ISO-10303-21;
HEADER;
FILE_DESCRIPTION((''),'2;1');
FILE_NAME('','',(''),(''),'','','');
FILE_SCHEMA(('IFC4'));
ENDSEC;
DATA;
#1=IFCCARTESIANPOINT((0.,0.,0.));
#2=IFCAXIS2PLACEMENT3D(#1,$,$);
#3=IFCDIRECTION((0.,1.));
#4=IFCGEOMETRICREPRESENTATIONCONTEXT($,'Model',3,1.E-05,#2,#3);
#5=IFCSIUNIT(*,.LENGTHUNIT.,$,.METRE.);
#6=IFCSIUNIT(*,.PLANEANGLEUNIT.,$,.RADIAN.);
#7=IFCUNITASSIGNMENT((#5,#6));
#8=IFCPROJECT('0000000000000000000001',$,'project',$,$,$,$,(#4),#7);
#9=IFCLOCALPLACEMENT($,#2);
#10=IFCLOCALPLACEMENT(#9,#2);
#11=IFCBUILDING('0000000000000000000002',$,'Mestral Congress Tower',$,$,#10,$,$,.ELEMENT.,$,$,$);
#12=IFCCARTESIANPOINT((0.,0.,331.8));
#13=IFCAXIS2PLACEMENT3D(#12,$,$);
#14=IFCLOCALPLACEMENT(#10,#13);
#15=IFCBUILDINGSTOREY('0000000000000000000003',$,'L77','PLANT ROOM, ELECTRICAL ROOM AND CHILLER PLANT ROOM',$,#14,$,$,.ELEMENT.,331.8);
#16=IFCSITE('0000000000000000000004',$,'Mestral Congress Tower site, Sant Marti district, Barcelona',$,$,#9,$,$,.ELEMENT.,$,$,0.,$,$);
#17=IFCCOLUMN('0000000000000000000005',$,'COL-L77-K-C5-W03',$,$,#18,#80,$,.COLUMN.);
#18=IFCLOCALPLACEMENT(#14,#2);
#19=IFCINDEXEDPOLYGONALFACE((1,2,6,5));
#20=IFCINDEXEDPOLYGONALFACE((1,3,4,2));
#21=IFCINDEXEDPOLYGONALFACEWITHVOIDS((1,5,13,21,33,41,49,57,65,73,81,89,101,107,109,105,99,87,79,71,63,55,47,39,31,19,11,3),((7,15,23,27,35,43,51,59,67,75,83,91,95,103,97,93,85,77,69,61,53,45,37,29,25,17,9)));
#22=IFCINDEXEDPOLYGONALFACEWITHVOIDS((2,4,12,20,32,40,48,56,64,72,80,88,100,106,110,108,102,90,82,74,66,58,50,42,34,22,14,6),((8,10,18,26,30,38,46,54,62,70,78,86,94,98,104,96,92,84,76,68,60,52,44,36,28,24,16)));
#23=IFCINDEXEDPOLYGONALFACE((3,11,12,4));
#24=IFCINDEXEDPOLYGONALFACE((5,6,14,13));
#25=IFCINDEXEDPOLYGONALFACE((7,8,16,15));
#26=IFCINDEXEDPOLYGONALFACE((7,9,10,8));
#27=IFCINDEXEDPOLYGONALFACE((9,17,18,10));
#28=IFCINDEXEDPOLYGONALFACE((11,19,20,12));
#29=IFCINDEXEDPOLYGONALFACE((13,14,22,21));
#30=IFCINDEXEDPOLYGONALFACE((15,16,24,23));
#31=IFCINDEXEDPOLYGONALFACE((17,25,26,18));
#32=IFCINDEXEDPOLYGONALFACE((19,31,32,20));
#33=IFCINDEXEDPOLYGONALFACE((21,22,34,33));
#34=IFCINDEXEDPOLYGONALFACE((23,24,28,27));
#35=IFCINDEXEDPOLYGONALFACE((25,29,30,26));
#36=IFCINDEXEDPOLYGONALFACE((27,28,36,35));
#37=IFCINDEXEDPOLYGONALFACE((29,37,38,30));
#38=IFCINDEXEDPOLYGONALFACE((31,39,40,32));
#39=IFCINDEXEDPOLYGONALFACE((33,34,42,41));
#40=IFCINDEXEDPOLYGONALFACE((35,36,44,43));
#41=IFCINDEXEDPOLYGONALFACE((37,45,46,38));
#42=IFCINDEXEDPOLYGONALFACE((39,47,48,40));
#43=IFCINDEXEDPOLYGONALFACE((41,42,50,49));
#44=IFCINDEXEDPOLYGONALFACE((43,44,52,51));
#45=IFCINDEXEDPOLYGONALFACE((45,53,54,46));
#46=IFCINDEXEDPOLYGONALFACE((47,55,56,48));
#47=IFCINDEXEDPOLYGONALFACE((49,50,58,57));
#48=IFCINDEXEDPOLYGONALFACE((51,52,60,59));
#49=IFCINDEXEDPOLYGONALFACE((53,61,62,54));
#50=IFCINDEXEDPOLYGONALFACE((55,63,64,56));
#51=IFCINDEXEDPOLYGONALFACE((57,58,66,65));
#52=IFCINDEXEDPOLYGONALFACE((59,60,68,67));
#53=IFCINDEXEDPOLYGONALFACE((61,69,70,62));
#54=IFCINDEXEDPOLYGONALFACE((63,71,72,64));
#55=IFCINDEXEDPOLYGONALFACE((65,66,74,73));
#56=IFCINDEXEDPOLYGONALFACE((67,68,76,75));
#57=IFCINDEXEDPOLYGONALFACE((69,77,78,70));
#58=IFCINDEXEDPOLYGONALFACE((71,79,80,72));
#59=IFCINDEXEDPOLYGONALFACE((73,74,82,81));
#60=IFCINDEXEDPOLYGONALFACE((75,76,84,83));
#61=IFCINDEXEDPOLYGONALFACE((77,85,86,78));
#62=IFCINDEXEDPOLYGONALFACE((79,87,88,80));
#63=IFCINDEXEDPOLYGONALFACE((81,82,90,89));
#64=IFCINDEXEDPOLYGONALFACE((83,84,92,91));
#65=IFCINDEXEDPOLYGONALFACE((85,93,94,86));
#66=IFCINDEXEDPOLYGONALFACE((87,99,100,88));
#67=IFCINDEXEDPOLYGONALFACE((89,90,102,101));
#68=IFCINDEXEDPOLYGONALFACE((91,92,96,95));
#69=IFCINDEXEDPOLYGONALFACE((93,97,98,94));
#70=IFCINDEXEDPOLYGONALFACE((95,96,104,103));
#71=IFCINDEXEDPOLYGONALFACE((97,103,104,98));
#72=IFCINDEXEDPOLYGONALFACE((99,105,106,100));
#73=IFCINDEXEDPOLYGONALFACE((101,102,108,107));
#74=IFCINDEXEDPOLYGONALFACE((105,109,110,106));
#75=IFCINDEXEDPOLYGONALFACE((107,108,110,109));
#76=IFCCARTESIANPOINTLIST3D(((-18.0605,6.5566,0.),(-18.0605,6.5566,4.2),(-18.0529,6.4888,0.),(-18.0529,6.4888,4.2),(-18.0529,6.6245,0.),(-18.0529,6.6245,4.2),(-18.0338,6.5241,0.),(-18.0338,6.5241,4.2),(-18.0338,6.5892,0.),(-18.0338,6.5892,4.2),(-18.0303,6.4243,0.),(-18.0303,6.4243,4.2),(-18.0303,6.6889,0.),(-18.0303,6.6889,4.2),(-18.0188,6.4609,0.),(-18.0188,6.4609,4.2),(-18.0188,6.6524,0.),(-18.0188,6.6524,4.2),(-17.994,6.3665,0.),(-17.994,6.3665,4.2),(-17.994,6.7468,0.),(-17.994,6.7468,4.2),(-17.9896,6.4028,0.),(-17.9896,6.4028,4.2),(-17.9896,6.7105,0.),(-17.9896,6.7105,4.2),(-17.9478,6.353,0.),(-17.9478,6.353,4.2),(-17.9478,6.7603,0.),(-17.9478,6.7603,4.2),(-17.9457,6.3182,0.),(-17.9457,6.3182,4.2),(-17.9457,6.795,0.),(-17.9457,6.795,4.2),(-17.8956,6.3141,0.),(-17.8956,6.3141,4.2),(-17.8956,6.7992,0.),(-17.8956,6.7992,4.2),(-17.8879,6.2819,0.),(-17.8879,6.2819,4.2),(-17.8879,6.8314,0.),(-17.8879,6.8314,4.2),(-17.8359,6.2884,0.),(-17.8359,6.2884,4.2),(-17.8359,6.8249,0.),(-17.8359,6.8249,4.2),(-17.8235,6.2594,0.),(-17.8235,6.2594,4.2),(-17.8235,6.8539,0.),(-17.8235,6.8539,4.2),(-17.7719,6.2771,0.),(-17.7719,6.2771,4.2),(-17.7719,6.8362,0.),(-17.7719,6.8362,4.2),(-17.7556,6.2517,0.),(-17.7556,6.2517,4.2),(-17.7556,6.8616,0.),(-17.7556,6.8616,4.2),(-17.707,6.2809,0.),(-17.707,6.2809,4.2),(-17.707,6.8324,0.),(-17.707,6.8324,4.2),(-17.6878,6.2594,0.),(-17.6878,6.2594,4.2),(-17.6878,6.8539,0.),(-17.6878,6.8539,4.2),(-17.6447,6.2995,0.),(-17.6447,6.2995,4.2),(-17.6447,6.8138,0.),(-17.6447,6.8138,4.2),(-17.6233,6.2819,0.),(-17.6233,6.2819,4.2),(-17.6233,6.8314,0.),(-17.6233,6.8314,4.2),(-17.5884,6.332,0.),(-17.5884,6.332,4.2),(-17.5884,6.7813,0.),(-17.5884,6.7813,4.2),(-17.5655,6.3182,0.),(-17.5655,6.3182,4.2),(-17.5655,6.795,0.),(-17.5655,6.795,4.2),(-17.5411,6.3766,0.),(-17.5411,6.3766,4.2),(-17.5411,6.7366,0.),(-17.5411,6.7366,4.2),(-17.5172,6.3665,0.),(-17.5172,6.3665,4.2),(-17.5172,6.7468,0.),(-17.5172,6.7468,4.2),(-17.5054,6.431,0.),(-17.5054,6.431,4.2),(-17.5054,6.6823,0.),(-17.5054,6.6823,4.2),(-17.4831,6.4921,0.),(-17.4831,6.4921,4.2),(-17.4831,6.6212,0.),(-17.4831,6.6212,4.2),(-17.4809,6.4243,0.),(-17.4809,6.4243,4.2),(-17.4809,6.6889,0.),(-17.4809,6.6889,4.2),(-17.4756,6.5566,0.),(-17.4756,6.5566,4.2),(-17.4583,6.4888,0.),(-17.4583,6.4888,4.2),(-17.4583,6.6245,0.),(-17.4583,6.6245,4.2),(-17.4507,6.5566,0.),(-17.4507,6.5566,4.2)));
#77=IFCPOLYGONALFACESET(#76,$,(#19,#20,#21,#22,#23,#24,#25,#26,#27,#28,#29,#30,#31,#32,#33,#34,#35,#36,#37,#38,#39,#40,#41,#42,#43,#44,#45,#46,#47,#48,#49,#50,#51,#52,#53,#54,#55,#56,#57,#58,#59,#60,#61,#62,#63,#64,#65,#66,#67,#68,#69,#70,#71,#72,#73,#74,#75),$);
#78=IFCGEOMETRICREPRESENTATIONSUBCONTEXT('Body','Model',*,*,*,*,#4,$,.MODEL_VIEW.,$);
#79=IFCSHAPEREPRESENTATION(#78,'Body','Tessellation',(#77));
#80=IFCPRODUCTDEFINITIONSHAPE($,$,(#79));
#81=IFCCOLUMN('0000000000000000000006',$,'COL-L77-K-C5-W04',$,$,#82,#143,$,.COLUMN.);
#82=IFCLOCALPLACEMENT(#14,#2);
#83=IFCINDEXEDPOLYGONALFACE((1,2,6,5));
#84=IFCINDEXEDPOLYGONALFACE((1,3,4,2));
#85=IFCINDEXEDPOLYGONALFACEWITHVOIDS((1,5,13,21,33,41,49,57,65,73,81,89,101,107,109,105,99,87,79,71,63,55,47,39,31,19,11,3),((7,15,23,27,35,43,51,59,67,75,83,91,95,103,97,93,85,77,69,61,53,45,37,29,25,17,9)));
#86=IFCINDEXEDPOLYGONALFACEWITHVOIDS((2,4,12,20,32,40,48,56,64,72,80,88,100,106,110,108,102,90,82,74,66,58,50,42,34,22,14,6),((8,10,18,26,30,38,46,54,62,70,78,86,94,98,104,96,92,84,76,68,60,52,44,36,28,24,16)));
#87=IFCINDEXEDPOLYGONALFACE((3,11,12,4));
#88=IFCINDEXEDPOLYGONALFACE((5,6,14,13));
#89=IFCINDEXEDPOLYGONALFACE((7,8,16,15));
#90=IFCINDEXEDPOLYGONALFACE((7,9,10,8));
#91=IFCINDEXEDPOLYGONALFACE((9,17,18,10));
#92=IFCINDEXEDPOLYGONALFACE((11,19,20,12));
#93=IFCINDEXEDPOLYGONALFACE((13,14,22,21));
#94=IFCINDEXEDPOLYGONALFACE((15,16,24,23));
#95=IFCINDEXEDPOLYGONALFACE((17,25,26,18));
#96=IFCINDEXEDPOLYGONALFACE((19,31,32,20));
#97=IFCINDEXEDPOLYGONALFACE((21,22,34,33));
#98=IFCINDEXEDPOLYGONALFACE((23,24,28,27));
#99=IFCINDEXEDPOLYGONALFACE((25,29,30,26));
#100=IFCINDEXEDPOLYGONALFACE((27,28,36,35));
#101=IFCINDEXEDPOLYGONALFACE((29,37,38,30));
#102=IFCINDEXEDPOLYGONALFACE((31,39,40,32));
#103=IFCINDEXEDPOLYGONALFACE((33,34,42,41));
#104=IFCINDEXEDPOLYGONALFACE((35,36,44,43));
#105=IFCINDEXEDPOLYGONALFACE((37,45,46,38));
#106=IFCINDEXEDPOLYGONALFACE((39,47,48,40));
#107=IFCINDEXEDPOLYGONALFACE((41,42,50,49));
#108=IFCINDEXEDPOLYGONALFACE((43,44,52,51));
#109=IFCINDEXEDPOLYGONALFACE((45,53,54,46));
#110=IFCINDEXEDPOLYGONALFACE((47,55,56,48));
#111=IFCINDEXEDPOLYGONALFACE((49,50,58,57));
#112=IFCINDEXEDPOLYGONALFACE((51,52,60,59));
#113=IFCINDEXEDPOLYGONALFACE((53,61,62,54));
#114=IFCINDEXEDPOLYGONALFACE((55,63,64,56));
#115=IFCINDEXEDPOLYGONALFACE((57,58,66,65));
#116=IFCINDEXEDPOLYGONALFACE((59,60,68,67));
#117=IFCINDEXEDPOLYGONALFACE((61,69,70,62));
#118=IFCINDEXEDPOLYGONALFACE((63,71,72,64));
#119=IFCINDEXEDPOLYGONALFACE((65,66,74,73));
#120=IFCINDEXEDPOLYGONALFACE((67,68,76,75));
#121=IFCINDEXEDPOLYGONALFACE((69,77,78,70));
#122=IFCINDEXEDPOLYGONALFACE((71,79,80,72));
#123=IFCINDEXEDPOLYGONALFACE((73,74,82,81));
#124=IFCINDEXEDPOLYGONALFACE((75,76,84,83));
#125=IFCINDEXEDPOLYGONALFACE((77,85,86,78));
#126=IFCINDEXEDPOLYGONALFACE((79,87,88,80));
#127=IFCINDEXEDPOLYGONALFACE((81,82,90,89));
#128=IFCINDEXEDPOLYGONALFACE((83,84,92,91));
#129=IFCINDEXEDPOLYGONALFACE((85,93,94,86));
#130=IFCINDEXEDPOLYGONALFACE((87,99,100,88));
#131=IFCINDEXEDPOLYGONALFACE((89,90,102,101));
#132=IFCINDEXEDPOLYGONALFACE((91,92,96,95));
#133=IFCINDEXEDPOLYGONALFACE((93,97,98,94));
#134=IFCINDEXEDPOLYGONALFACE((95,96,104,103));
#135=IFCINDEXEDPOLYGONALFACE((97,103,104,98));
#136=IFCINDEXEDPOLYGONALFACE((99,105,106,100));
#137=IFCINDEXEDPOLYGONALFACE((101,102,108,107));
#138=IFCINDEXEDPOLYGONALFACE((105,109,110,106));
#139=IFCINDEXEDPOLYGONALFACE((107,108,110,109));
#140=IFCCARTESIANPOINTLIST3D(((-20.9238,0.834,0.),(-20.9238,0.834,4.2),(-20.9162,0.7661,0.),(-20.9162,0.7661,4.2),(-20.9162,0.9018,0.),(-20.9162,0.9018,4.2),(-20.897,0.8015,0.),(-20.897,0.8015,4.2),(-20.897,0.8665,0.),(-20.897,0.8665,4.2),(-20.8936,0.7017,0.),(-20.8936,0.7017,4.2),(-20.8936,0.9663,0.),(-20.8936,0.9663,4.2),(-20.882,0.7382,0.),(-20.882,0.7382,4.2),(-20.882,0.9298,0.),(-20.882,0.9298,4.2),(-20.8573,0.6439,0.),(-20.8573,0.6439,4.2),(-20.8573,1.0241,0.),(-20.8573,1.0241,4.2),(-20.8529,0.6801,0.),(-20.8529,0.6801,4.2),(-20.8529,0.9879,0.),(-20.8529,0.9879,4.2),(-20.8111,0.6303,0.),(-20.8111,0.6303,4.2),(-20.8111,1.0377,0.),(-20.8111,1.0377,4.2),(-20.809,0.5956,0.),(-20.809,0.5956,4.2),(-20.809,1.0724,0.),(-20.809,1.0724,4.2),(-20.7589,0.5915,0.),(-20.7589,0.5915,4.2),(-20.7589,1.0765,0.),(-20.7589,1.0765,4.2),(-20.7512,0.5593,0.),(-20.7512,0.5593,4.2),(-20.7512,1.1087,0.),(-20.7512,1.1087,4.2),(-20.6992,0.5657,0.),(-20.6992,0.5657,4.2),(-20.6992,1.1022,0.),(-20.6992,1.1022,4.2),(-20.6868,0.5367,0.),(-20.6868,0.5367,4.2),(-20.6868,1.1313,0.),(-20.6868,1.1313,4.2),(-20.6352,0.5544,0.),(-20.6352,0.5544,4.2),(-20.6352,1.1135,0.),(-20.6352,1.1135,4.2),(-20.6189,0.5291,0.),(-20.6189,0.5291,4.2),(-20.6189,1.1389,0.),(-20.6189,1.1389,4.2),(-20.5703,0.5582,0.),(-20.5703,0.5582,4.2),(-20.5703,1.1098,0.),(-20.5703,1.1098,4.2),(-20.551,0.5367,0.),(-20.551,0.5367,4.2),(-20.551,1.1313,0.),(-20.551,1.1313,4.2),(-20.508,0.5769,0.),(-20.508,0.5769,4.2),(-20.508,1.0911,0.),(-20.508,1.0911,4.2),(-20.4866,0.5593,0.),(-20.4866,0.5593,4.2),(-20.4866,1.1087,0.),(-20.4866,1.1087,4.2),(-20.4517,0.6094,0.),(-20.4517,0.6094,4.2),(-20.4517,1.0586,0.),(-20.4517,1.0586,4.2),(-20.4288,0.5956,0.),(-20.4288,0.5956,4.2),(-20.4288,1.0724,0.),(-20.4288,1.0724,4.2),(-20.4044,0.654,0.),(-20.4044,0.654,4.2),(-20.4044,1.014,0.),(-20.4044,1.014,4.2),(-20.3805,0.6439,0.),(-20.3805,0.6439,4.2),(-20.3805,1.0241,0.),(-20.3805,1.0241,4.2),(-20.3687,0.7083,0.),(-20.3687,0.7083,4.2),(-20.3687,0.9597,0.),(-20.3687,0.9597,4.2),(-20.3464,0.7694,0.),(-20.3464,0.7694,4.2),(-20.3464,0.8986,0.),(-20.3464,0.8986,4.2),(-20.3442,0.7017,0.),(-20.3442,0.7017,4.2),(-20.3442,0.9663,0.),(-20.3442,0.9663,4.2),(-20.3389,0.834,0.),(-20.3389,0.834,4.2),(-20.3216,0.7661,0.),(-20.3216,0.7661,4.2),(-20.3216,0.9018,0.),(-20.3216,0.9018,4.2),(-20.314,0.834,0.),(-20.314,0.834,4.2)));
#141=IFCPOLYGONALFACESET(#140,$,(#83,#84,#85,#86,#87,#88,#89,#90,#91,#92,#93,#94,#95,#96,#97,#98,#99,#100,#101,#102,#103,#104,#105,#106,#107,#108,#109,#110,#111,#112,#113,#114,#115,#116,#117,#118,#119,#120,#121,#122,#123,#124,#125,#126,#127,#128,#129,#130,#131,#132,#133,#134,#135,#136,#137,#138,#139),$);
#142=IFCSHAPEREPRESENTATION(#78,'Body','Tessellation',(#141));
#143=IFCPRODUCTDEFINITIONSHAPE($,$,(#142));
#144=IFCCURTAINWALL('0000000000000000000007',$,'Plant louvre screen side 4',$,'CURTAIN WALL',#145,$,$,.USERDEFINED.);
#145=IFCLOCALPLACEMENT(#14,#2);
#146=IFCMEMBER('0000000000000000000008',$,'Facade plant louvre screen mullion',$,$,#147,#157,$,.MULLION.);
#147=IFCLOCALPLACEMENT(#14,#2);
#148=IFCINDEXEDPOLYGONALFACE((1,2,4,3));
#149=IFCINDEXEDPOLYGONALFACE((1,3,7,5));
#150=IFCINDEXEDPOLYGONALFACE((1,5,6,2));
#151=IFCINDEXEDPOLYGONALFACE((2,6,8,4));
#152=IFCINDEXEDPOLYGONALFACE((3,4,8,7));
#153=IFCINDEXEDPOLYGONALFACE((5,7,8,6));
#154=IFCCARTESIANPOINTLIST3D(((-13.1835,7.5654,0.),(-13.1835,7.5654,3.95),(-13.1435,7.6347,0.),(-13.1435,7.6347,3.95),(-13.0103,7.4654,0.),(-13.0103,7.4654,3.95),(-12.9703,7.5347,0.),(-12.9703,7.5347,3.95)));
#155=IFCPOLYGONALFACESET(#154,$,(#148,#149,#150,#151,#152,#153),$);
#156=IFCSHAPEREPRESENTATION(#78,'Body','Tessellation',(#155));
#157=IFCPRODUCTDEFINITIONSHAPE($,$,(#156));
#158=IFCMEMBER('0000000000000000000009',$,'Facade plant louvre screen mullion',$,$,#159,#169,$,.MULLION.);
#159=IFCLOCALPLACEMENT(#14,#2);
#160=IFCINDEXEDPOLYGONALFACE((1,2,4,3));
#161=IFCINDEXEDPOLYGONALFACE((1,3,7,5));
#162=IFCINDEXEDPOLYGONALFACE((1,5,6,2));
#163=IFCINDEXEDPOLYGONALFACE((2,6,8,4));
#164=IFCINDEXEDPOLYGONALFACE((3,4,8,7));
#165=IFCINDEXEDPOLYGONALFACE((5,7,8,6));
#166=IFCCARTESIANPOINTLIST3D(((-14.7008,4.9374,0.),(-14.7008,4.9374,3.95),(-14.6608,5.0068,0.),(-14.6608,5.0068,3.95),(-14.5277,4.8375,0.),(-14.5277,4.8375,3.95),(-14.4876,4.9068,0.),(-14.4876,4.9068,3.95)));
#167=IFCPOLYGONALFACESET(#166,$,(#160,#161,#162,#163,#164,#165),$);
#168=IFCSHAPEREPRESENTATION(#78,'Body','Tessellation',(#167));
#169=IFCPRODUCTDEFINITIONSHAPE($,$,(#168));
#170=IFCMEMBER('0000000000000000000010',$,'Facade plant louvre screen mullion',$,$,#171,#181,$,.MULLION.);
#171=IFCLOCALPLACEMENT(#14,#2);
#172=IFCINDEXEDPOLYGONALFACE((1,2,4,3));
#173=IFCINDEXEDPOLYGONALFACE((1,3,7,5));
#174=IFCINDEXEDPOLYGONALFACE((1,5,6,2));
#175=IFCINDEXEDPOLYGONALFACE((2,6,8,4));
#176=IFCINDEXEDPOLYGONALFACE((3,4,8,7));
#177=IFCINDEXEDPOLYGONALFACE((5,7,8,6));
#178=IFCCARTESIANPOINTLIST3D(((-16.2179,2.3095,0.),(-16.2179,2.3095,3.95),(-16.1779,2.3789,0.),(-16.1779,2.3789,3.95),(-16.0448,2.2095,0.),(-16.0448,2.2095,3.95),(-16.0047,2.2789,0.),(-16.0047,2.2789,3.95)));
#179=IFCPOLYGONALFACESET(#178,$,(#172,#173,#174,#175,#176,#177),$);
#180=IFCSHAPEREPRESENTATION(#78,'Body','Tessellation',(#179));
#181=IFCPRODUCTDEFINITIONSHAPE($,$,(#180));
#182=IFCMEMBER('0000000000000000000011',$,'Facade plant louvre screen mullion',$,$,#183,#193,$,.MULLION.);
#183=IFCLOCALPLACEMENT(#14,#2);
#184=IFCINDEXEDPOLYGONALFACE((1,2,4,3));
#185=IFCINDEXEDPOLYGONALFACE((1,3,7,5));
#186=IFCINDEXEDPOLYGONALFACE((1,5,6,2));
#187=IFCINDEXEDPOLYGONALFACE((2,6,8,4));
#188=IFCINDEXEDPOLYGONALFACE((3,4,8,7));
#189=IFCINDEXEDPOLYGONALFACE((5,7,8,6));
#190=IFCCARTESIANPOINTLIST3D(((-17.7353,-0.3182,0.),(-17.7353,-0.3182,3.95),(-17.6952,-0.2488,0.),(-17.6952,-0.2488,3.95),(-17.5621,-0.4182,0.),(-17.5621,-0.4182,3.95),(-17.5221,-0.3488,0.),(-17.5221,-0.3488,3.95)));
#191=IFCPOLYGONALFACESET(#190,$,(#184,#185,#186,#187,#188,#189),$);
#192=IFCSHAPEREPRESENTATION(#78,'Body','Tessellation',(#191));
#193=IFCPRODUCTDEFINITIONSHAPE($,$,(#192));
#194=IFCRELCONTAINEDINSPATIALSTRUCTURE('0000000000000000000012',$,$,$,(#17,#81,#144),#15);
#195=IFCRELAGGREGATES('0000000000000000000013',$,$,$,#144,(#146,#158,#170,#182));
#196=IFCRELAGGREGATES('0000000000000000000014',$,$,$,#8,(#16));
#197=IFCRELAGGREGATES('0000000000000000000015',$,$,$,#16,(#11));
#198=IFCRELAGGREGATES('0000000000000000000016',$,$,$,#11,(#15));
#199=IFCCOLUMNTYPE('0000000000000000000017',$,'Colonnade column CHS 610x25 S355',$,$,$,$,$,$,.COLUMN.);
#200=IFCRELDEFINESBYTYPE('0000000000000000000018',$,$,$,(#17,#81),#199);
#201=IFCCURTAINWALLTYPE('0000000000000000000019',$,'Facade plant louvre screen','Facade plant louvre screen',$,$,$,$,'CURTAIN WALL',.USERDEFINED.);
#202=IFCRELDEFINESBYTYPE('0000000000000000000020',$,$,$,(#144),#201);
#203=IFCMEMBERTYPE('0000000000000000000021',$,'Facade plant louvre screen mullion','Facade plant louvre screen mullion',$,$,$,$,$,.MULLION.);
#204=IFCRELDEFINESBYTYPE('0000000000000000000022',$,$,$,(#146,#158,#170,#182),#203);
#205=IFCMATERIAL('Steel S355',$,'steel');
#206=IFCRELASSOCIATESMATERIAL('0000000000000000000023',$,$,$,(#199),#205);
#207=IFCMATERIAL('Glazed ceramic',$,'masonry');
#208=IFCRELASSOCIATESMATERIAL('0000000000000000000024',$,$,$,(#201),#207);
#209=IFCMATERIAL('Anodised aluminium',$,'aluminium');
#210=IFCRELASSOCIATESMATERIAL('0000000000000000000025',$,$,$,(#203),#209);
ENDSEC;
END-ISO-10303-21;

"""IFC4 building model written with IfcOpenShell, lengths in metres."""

from ifc_helpers import new_model, si_unit, direction, frame, origin, origin_2d, place, context, subcontext, project, spatial, rectangle, hollow_circle, extrude, material, material_profile, profile_set, type_object, element, aggregate, save


model = new_model("IFC4")

# Units and contexts
model_context = context("Model", 3, precision=1e-05, world=origin(), true_north=direction((0.0, 1.0)))
body_context = subcontext(model_context, "Body", "Model", "MODEL_VIEW")
ifc_project = project(units=[si_unit("LENGTHUNIT", "METRE"), si_unit("PLANEANGLEUNIT", "RADIAN")], contexts=[model_context])

# Site, building, storey
site_placement = place(None, origin())
site = spatial("IfcSite", under=ifc_project, at=site_placement, Name="Mestral Congress Tower site, Sant Marti district, Barcelona", CompositionType="ELEMENT", RefElevation=0.0)
building_placement = place(site_placement, origin())
building = spatial("IfcBuilding", under=site, at=building_placement, Name="Mestral Congress Tower", CompositionType="ELEMENT")
storey_placement = place(building_placement, frame((0.0, 0.0, 331.8)))
storey = spatial("IfcBuildingStorey", under=building, at=storey_placement, Name="L77", Description="PLANT ROOM, ELECTRICAL ROOM AND CHILLER PLANT ROOM", CompositionType="ELEMENT", Elevation=331.8)

# Columns
ifc_material_1 = material(Name="Steel S355", Category="steel")
ifc_material_profile_1 = material_profile(ifc_material_1, hollow_circle(Radius=0.3049, WallThickness=0.0249, at=origin_2d()), Name="CHS 610x25")
ifc_profile_set_1 = profile_set([ifc_material_profile_1], Name="Steel S355")
column_type = type_object("IfcColumnType", Name="Colonnade column CHS 610x25 S355", PredefinedType="COLUMN", material=ifc_profile_set_1)
for number, where, z_axis, x_axis, name in (
    (1, (-17.7556, 6.5566, 0.0), (0.0, 0.0, 1.0), (1.0, 0.0, 0.0), "COL-L77-K-C5-W03"),
    (2, (-20.6189, 0.834, 0.0), (0.0, 0.0, 1.0), (1.0, 0.0, 0.0), "COL-L77-K-C5-W04"),
):
    element("IfcColumn", number, at=place(storey_placement, frame(where, z_axis=z_axis, x_axis=x_axis)), inside=storey, type_object=column_type, Name=name, PredefinedType="COLUMN", context=body_context, shape_type="SweptSolid", body=[
        extrude(hollow_circle(Radius=0.3049, WallThickness=0.0249, at=origin_2d()), origin(), (0.0, 0.0, 1.0), 4.2),
    ])

# Curtain wall, members
ifc_material_2 = material(Name="Glazed ceramic", Category="masonry")
curtain_wall_type = type_object("IfcCurtainWallType", Name="Facade plant louvre screen", Description="Facade plant louvre screen", ElementType="CURTAIN WALL", PredefinedType="USERDEFINED", material=ifc_material_2)
curtain_wall_placement = place(storey_placement, origin())
curtain_wall = element("IfcCurtainWall", 3, at=curtain_wall_placement, inside=storey, type_object=curtain_wall_type, Name="Plant louvre screen side 4", ObjectType="CURTAIN WALL", PredefinedType="USERDEFINED")
ifc_material_3 = material(Name="Anodised aluminium", Category="aluminium")
ifc_material_profile_2 = material_profile(ifc_material_3, rectangle(XDim=0.2, YDim=0.0801, at=origin_2d()), Name="CW6 mullion 200 x 80")
ifc_profile_set_2 = profile_set([ifc_material_profile_2], Name="Anodised aluminium")
member_type_1 = type_object("IfcMemberType", Name="Facade plant louvre screen mullion", Description="Facade plant louvre screen mullion", PredefinedType="MULLION", material=ifc_profile_set_2)
member_1_placement = place(storey_placement, frame((-13.0769, 7.55, 0.0), z_axis=(0.0, 0.0, 1.0), x_axis=(-0.866025, 0.500002, 0.0)))
member_1 = element("IfcMember", 4, at=member_1_placement, type_object=member_type_1, Name="Facade plant louvre screen mullion", PredefinedType="MULLION", context=body_context, shape_type="SweptSolid", body=[
    extrude(rectangle(XDim=0.2, YDim=0.0801, at=origin_2d()), origin(), (0.0, 0.0, 1.0), 3.95),
])
member_2_placement = place(storey_placement, frame((-14.5942, 4.9221, 0.0), z_axis=(0.0, 0.0, 1.0), x_axis=(-0.866025, 0.500002, 0.0)))
member_2 = element("IfcMember", 5, at=member_2_placement, type_object=member_type_1, Name="Facade plant louvre screen mullion", PredefinedType="MULLION", context=body_context, shape_type="SweptSolid", body=[
    extrude(rectangle(XDim=0.2, YDim=0.0801, at=origin_2d()), origin(), (0.0, 0.0, 1.0), 3.95),
])
member_3_placement = place(storey_placement, frame((-16.1113, 2.2942, 0.0), z_axis=(0.0, 0.0, 1.0), x_axis=(-0.866025, 0.500002, 0.0)))
member_3 = element("IfcMember", 6, at=member_3_placement, type_object=member_type_1, Name="Facade plant louvre screen mullion", PredefinedType="MULLION", context=body_context, shape_type="SweptSolid", body=[
    extrude(rectangle(XDim=0.2, YDim=0.0801, at=origin_2d()), origin(), (0.0, 0.0, 1.0), 3.95),
])
member_4_placement = place(storey_placement, frame((-17.6287, -0.3335, 0.0), z_axis=(0.0, 0.0, 1.0), x_axis=(-0.866025, 0.500002, 0.0)))
member_4 = element("IfcMember", 7, at=member_4_placement, type_object=member_type_1, Name="Facade plant louvre screen mullion", PredefinedType="MULLION", context=body_context, shape_type="SweptSolid", body=[
    extrude(rectangle(XDim=0.2, YDim=0.0801, at=origin_2d()), origin(), (0.0, 0.0, 1.0), 3.95),
])

aggregate(curtain_wall, [member_1, member_2, member_3, member_4])

save(model, "model.ifc")
